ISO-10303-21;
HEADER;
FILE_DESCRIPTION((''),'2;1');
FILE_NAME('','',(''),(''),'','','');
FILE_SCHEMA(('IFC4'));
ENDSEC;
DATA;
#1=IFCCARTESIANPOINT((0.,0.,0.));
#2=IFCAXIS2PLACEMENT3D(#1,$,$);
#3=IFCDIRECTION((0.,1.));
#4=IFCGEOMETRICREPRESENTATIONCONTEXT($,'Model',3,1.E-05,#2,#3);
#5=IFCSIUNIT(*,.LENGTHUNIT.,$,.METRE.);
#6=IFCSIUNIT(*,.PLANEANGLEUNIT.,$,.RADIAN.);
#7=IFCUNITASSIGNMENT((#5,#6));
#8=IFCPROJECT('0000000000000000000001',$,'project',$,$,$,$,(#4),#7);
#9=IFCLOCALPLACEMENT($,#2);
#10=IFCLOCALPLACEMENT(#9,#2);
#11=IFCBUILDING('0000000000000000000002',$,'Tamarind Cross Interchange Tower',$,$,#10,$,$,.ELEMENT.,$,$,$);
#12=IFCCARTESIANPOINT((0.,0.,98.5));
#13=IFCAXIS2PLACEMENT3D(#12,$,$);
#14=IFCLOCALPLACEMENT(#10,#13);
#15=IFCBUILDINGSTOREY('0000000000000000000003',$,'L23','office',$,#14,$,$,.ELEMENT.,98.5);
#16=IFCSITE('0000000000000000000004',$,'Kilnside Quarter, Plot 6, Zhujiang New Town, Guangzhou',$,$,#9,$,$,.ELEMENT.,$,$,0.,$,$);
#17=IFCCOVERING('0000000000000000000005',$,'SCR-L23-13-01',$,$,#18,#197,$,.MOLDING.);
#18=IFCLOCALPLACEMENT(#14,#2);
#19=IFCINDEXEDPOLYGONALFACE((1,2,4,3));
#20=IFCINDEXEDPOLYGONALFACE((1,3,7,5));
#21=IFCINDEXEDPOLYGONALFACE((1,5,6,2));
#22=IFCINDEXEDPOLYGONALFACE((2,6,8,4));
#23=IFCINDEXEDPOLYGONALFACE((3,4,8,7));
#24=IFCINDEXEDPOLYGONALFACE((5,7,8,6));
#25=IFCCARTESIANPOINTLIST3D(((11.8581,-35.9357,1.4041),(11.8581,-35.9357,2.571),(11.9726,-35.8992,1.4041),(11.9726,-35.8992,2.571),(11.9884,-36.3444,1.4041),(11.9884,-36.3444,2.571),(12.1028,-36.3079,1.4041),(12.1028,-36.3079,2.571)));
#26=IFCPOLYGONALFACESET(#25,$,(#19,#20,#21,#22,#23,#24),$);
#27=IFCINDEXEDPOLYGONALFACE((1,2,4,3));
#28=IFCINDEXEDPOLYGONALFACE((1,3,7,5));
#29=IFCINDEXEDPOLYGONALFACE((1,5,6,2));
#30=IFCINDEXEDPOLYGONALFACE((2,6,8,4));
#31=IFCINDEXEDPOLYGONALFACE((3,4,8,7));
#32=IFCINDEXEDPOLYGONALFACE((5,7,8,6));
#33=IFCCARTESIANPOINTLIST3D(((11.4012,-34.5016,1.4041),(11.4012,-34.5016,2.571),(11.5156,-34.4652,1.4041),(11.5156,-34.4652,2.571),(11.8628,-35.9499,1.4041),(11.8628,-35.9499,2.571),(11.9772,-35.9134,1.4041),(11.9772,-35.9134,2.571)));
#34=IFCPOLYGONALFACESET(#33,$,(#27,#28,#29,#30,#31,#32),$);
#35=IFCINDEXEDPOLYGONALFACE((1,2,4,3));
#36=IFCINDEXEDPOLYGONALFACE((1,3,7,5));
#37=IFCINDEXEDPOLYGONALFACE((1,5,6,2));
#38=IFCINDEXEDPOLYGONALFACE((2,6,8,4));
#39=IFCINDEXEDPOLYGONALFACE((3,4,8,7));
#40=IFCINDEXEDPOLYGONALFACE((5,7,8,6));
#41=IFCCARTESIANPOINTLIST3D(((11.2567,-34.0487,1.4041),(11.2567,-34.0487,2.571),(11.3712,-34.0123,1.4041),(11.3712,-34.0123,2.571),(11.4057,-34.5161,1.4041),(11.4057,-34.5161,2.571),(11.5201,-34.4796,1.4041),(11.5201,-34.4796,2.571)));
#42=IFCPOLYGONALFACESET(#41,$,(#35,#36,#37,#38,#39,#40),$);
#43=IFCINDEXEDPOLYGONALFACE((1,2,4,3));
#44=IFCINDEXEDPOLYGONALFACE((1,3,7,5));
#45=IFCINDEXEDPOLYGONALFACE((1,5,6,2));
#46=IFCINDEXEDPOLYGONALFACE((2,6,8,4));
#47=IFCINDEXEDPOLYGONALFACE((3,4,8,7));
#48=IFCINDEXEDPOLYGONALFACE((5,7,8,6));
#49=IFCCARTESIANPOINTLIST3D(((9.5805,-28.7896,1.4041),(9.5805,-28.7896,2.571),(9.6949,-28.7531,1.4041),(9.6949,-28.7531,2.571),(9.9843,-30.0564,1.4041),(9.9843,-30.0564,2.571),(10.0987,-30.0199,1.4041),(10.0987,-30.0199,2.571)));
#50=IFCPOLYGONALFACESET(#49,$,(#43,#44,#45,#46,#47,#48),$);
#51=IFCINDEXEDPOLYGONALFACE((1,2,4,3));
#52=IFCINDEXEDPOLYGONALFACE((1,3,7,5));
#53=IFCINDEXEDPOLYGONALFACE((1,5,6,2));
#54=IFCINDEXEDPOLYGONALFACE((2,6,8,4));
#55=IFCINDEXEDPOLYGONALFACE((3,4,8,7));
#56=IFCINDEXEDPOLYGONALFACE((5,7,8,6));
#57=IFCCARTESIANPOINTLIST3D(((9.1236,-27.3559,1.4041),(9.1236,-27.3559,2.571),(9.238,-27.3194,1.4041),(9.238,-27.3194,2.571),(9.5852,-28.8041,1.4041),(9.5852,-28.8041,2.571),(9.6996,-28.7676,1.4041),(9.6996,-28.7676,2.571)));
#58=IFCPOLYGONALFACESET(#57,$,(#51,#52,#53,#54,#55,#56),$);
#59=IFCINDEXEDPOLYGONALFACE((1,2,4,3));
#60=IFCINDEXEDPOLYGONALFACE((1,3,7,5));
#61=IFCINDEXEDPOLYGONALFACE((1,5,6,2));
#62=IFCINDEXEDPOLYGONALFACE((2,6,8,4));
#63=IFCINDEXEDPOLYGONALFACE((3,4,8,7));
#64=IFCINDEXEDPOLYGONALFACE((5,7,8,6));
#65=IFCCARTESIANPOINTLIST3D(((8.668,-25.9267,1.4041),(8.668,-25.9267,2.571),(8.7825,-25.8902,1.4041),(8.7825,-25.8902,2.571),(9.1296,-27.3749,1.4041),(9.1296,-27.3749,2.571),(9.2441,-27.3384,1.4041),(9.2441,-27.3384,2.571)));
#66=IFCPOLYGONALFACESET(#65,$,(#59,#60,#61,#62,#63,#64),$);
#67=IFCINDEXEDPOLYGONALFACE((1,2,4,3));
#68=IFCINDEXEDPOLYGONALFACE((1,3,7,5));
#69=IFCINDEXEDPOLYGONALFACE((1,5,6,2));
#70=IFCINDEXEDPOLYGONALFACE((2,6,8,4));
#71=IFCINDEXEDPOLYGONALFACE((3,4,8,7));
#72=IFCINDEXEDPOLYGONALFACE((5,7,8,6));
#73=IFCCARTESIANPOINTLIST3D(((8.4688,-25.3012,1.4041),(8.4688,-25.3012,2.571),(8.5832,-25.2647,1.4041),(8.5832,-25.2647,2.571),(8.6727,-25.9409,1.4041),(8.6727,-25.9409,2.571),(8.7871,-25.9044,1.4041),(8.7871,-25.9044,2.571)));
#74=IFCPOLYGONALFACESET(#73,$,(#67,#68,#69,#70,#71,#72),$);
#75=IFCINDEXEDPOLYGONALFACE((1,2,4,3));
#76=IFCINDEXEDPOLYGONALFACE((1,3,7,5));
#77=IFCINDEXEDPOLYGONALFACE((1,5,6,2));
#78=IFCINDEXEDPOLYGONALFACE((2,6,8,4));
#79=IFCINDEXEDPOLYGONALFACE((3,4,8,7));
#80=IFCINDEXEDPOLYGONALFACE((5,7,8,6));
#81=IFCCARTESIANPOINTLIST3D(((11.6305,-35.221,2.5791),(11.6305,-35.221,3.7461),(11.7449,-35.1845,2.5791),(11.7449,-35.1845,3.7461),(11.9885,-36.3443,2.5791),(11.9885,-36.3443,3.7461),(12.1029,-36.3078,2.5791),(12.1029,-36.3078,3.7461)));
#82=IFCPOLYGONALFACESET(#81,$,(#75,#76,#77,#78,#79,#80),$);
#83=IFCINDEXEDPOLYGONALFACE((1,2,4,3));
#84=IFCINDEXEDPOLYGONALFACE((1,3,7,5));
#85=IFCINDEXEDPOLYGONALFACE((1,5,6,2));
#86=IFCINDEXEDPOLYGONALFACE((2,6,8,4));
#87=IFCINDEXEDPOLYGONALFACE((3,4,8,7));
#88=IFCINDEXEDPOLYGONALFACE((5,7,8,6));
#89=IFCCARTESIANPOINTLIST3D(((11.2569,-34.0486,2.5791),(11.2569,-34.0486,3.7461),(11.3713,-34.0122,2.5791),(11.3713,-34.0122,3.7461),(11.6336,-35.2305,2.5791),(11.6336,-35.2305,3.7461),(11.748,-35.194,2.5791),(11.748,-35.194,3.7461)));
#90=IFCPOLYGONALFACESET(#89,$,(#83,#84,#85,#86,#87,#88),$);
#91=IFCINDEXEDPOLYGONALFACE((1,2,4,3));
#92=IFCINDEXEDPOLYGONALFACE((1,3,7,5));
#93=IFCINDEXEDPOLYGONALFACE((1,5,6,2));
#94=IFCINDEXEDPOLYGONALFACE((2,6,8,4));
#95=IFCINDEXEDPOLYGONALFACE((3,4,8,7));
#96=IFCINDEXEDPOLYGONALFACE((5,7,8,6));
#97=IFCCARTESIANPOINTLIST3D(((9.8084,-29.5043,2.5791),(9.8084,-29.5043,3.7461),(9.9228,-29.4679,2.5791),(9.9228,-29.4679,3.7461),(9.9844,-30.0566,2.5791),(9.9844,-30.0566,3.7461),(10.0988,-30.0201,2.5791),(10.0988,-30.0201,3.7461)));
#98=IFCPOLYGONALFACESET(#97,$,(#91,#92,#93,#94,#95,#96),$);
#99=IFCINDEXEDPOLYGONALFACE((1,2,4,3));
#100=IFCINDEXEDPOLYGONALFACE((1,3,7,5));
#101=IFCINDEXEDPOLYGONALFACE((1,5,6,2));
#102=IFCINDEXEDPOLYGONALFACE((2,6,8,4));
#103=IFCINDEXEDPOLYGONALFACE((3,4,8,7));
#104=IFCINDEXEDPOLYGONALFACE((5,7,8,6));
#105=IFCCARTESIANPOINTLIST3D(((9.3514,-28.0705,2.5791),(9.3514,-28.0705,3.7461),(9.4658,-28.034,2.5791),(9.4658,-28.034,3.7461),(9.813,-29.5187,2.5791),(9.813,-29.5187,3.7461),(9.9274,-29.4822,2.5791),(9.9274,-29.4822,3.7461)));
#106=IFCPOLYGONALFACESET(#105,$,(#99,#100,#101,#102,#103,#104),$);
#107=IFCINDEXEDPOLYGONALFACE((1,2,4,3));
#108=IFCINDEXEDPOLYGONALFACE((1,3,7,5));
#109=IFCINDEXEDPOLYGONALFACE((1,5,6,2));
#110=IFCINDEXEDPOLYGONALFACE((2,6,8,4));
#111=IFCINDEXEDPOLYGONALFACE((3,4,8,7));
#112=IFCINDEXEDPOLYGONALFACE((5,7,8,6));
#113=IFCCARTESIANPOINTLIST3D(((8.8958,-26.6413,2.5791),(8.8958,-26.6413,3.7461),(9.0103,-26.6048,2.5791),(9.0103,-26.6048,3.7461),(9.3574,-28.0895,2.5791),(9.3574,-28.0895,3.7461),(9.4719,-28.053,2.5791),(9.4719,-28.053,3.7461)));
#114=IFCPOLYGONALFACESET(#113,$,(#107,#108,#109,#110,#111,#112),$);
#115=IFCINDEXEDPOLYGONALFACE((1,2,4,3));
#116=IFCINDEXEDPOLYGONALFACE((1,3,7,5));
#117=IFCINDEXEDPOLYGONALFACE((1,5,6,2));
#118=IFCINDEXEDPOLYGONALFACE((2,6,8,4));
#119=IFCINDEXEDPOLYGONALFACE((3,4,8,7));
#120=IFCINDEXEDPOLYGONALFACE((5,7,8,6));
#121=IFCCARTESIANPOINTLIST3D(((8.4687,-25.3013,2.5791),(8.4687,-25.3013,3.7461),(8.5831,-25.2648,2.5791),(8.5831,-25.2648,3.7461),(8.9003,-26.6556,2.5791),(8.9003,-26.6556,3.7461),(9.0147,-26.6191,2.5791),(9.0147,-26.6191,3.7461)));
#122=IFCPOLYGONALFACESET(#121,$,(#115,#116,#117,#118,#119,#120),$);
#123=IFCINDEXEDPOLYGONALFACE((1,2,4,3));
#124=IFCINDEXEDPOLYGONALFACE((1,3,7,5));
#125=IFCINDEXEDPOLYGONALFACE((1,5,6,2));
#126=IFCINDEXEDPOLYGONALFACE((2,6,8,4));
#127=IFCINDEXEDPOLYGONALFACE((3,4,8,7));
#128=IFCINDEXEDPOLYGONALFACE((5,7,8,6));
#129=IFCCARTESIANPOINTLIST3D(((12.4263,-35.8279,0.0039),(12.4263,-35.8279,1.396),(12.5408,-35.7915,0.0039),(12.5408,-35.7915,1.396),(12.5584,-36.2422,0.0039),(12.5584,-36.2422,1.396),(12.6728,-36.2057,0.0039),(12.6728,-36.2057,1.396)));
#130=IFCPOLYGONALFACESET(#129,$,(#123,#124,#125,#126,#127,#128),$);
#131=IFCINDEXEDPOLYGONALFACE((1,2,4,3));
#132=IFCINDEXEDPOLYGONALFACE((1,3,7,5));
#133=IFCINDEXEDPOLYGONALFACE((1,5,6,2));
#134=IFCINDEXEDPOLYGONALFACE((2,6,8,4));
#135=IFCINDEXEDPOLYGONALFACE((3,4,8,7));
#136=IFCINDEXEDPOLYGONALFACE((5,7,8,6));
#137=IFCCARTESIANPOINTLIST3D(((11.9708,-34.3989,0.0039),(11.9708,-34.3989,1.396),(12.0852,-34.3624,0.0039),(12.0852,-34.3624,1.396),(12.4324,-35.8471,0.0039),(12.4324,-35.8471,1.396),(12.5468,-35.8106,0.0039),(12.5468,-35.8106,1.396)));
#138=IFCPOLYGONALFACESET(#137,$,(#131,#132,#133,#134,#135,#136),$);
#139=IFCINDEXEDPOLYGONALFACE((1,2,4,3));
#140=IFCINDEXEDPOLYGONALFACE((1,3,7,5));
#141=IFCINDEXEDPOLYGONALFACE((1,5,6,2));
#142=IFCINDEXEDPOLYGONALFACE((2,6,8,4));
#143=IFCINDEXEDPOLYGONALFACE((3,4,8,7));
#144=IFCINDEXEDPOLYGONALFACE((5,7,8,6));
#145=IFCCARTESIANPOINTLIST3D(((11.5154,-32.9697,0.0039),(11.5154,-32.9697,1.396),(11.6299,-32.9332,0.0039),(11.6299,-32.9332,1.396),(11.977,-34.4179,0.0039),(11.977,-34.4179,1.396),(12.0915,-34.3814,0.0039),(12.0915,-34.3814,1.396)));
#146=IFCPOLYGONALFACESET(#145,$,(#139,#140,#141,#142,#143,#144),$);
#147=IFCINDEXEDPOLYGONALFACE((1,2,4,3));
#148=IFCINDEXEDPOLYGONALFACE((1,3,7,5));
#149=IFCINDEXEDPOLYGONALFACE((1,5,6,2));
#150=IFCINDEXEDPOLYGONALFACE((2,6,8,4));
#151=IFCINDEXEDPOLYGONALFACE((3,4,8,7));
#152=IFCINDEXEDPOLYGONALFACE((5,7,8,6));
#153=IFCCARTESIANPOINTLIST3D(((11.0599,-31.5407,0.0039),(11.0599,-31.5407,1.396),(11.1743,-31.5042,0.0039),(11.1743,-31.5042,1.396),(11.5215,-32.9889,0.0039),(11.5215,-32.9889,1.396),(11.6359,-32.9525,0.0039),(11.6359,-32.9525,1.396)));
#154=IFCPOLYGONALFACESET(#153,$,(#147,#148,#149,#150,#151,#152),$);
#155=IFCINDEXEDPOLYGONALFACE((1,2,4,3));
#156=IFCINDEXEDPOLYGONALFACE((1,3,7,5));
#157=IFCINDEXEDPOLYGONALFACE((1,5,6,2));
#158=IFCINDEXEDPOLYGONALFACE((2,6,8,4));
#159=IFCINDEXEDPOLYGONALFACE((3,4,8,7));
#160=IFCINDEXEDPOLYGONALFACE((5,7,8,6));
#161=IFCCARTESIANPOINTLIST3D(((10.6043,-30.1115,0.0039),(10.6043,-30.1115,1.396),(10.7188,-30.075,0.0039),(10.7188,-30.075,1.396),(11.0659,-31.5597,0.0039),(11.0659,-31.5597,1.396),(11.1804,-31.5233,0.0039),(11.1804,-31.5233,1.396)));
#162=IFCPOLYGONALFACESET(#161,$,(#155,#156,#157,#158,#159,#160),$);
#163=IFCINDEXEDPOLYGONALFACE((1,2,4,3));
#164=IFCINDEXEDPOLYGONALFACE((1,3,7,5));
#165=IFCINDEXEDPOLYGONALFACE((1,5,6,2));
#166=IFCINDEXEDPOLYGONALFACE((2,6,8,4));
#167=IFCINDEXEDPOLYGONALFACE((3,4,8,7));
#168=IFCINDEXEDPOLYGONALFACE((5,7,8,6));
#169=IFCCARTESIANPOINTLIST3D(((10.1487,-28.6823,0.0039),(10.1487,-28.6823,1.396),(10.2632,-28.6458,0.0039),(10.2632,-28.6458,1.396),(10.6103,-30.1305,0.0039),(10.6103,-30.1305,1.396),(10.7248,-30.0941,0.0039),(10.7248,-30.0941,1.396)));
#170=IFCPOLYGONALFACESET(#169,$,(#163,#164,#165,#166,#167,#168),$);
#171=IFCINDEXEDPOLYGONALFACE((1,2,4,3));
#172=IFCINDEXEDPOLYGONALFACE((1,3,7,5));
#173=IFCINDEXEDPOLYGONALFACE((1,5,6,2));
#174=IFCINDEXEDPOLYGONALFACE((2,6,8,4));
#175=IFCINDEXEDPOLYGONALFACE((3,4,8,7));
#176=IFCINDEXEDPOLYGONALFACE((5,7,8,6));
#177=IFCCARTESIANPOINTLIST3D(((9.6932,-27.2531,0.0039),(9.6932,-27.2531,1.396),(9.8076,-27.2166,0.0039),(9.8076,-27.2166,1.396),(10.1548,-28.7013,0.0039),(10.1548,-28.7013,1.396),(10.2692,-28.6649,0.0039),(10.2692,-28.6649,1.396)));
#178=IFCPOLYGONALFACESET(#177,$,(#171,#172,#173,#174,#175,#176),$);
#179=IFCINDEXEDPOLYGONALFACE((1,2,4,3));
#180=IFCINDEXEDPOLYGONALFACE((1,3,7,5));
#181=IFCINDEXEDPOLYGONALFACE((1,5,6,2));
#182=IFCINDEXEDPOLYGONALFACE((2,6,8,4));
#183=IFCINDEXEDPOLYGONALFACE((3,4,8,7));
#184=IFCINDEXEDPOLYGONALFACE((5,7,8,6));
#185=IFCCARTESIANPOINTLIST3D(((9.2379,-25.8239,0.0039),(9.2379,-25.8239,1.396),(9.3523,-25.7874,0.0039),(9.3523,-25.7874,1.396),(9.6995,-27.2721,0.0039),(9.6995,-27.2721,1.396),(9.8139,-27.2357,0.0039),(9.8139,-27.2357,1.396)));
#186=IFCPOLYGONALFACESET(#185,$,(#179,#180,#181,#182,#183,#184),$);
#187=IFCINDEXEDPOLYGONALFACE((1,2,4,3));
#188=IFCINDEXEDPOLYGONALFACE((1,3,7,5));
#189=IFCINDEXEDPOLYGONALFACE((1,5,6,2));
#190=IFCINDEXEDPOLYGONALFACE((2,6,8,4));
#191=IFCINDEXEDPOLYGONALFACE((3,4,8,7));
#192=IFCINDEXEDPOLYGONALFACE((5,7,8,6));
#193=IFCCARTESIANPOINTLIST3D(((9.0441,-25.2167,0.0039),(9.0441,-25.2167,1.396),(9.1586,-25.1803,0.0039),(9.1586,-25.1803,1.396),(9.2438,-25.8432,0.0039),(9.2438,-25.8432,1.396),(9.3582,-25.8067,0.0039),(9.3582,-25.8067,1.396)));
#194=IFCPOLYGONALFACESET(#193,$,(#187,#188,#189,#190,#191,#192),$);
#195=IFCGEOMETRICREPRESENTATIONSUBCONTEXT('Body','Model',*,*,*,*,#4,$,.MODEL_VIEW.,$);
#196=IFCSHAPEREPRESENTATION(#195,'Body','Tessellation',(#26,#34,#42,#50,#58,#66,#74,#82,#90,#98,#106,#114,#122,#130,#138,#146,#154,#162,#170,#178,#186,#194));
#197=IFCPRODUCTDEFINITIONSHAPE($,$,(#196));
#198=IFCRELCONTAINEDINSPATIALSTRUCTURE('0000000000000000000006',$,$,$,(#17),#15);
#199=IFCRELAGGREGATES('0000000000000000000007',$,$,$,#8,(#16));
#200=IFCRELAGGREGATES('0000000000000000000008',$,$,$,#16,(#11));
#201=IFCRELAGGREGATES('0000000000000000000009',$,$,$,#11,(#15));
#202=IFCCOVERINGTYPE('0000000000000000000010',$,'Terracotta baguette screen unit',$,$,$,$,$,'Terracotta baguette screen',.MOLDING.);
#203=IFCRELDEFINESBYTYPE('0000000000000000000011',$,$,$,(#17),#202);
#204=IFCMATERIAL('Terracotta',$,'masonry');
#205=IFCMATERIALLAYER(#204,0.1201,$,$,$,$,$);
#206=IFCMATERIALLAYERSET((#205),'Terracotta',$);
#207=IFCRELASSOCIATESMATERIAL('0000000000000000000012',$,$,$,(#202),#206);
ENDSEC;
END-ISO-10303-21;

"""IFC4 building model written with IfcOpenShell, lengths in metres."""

from ifc_helpers import new_model, si_unit, direction, frame, origin, origin_2d, place, context, subcontext, project, spatial, rectangle, extrude, material, layer, layer_set, type_object, element, save


model = new_model("IFC4")

# Units and contexts
model_context = context("Model", 3, precision=1e-05, world=origin(), true_north=direction((0.0, 1.0)))
body_context = subcontext(model_context, "Body", "Model", "MODEL_VIEW")
ifc_project = project(units=[si_unit("LENGTHUNIT", "METRE"), si_unit("PLANEANGLEUNIT", "RADIAN")], contexts=[model_context])

# Site, building, storey
site_placement = place(None, origin())
site = spatial("IfcSite", under=ifc_project, at=site_placement, Name="Kilnside Quarter, Plot 6, Zhujiang New Town, Guangzhou", CompositionType="ELEMENT", RefElevation=0.0)
building_placement = place(site_placement, origin())
building = spatial("IfcBuilding", under=site, at=building_placement, Name="Tamarind Cross Interchange Tower", CompositionType="ELEMENT")
storey_placement = place(building_placement, frame((0.0, 0.0, 98.5)))
storey = spatial("IfcBuildingStorey", under=building, at=storey_placement, Name="L23", Description="office", CompositionType="ELEMENT", Elevation=98.5)

# Covering
ifc_material_1 = material(Name="Terracotta", Category="masonry")
ifc_layer_1 = layer(ifc_material_1, 0.1201)
ifc_layer_set_1 = layer_set([ifc_layer_1], Name="Terracotta")
covering_type = type_object("IfcCoveringType", Name="Terracotta baguette screen unit", ElementType="Terracotta baguette screen", PredefinedType="MOLDING", material=ifc_layer_set_1)
covering_1_placement = place(storey_placement, origin())
element("IfcCovering", 1, at=covering_1_placement, inside=storey, type_object=covering_type, Name="SCR-L23-13-01", PredefinedType="MOLDING", context=body_context, shape_type="SweptSolid", body=[
    extrude(rectangle(XDim=0.429, YDim=0.1201, at=origin_2d()), frame((11.9805, -36.1218, 1.4041), z_axis=(0.0, 0.0, 1.0), x_axis=(-0.303683, 0.952773, 0.0)), (0.0, 0.0, 1.0), 1.167),
    extrude(rectangle(XDim=1.52, YDim=0.1201, at=origin_2d()), frame((11.6892, -35.2075, 1.4041), z_axis=(0.0, 0.0, 1.0), x_axis=(-0.303683, 0.952773, 0.0)), (0.0, 0.0, 1.0), 1.167),
    extrude(rectangle(XDim=0.4905, YDim=0.1201, at=origin_2d()), frame((11.3884, -34.2642, 1.4041), z_axis=(0.0, 0.0, 1.0), x_axis=(-0.303683, 0.952773, 0.0)), (0.0, 0.0, 1.0), 1.167),
    extrude(rectangle(XDim=1.3296, YDim=0.1201, at=origin_2d()), frame((9.8396, -29.4048, 1.4041), z_axis=(0.0, 0.0, 1.0), x_axis=(-0.303683, 0.952773, 0.0)), (0.0, 0.0, 1.0), 1.167),
    extrude(rectangle(XDim=1.52, YDim=0.1201, at=origin_2d()), frame((9.4116, -28.0618, 1.4041), z_axis=(0.0, 0.0, 1.0), x_axis=(-0.303683, 0.952773, 0.0)), (0.0, 0.0, 1.0), 1.167),
    extrude(rectangle(XDim=1.52, YDim=0.1201, at=origin_2d()), frame((8.9561, -26.6326, 1.4041), z_axis=(0.0, 0.0, 1.0), x_axis=(-0.303683, 0.952773, 0.0)), (0.0, 0.0, 1.0), 1.167),
    extrude(rectangle(XDim=0.6714, YDim=0.1201, at=origin_2d()), frame((8.6279, -25.6028, 1.4041), z_axis=(0.0, 0.0, 1.0), x_axis=(-0.303683, 0.952773, 0.0)), (0.0, 0.0, 1.0), 1.167),
    extrude(rectangle(XDim=1.179, YDim=0.1201, at=origin_2d()), frame((11.8667, -35.7644, 2.5791), z_axis=(0.0, 0.0, 1.0), x_axis=(-0.303683, 0.952773, 0.0)), (0.0, 0.0, 1.0), 1.167),
    extrude(rectangle(XDim=1.2405, YDim=0.1201, at=origin_2d()), frame((11.5024, -34.6213, 2.5791), z_axis=(0.0, 0.0, 1.0), x_axis=(-0.303683, 0.952773, 0.0)), (0.0, 0.0, 1.0), 1.167),
    extrude(rectangle(XDim=0.5796, YDim=0.1201, at=origin_2d()), frame((9.9536, -29.7622, 2.5791), z_axis=(0.0, 0.0, 1.0), x_axis=(-0.303683, 0.952773, 0.0)), (0.0, 0.0, 1.0), 1.167),
    extrude(rectangle(XDim=1.52, YDim=0.1201, at=origin_2d()), frame((9.6394, -28.7764, 2.5791), z_axis=(0.0, 0.0, 1.0), x_axis=(-0.303683, 0.952773, 0.0)), (0.0, 0.0, 1.0), 1.167),
    extrude(rectangle(XDim=1.52, YDim=0.1201, at=origin_2d()), frame((9.1838, -27.3472, 2.5791), z_axis=(0.0, 0.0, 1.0), x_axis=(-0.303683, 0.952773, 0.0)), (0.0, 0.0, 1.0), 1.167),
    extrude(rectangle(XDim=1.4214, YDim=0.1201, at=origin_2d()), frame((8.7417, -25.9602, 2.5791), z_axis=(0.0, 0.0, 1.0), x_axis=(-0.303683, 0.952773, 0.0)), (0.0, 0.0, 1.0), 1.167),
    extrude(rectangle(XDim=0.4348, YDim=0.1201, at=origin_2d()), frame((12.5496, -36.0168, 0.0039), z_axis=(0.0, 0.0, 1.0), x_axis=(-0.303683, 0.952773, 0.0)), (0.0, 0.0, 1.0), 1.3921),
    extrude(rectangle(XDim=1.52, YDim=0.1201, at=origin_2d()), frame((12.2588, -35.1047, 0.0039), z_axis=(0.0, 0.0, 1.0), x_axis=(-0.303683, 0.952773, 0.0)), (0.0, 0.0, 1.0), 1.3921),
    extrude(rectangle(XDim=1.52, YDim=0.1201, at=origin_2d()), frame((11.8035, -33.6755, 0.0039), z_axis=(0.0, 0.0, 1.0), x_axis=(-0.303683, 0.952773, 0.0)), (0.0, 0.0, 1.0), 1.3921),
    extrude(rectangle(XDim=1.52, YDim=0.1201, at=origin_2d()), frame((11.3479, -32.2466, 0.0039), z_axis=(0.0, 0.0, 1.0), x_axis=(-0.303683, 0.952773, 0.0)), (0.0, 0.0, 1.0), 1.3921),
    extrude(rectangle(XDim=1.52, YDim=0.1201, at=origin_2d()), frame((10.8923, -30.8174, 0.0039), z_axis=(0.0, 0.0, 1.0), x_axis=(-0.303683, 0.952773, 0.0)), (0.0, 0.0, 1.0), 1.3921),
    extrude(rectangle(XDim=1.52, YDim=0.1201, at=origin_2d()), frame((10.4368, -29.3882, 0.0039), z_axis=(0.0, 0.0, 1.0), x_axis=(-0.303683, 0.952773, 0.0)), (0.0, 0.0, 1.0), 1.3921),
    extrude(rectangle(XDim=1.52, YDim=0.1201, at=origin_2d()), frame((9.9812, -27.959, 0.0039), z_axis=(0.0, 0.0, 1.0), x_axis=(-0.303683, 0.952773, 0.0)), (0.0, 0.0, 1.0), 1.3921),
    extrude(rectangle(XDim=1.52, YDim=0.1201, at=origin_2d()), frame((9.5259, -26.5298, 0.0039), z_axis=(0.0, 0.0, 1.0), x_axis=(-0.303683, 0.952773, 0.0)), (0.0, 0.0, 1.0), 1.3921),
    extrude(rectangle(XDim=0.6575, YDim=0.1201, at=origin_2d()), frame((9.2012, -25.5117, 0.0039), z_axis=(0.0, 0.0, 1.0), x_axis=(-0.303683, 0.952773, 0.0)), (0.0, 0.0, 1.0), 1.3921),
])

save(model, "model.ifc")
